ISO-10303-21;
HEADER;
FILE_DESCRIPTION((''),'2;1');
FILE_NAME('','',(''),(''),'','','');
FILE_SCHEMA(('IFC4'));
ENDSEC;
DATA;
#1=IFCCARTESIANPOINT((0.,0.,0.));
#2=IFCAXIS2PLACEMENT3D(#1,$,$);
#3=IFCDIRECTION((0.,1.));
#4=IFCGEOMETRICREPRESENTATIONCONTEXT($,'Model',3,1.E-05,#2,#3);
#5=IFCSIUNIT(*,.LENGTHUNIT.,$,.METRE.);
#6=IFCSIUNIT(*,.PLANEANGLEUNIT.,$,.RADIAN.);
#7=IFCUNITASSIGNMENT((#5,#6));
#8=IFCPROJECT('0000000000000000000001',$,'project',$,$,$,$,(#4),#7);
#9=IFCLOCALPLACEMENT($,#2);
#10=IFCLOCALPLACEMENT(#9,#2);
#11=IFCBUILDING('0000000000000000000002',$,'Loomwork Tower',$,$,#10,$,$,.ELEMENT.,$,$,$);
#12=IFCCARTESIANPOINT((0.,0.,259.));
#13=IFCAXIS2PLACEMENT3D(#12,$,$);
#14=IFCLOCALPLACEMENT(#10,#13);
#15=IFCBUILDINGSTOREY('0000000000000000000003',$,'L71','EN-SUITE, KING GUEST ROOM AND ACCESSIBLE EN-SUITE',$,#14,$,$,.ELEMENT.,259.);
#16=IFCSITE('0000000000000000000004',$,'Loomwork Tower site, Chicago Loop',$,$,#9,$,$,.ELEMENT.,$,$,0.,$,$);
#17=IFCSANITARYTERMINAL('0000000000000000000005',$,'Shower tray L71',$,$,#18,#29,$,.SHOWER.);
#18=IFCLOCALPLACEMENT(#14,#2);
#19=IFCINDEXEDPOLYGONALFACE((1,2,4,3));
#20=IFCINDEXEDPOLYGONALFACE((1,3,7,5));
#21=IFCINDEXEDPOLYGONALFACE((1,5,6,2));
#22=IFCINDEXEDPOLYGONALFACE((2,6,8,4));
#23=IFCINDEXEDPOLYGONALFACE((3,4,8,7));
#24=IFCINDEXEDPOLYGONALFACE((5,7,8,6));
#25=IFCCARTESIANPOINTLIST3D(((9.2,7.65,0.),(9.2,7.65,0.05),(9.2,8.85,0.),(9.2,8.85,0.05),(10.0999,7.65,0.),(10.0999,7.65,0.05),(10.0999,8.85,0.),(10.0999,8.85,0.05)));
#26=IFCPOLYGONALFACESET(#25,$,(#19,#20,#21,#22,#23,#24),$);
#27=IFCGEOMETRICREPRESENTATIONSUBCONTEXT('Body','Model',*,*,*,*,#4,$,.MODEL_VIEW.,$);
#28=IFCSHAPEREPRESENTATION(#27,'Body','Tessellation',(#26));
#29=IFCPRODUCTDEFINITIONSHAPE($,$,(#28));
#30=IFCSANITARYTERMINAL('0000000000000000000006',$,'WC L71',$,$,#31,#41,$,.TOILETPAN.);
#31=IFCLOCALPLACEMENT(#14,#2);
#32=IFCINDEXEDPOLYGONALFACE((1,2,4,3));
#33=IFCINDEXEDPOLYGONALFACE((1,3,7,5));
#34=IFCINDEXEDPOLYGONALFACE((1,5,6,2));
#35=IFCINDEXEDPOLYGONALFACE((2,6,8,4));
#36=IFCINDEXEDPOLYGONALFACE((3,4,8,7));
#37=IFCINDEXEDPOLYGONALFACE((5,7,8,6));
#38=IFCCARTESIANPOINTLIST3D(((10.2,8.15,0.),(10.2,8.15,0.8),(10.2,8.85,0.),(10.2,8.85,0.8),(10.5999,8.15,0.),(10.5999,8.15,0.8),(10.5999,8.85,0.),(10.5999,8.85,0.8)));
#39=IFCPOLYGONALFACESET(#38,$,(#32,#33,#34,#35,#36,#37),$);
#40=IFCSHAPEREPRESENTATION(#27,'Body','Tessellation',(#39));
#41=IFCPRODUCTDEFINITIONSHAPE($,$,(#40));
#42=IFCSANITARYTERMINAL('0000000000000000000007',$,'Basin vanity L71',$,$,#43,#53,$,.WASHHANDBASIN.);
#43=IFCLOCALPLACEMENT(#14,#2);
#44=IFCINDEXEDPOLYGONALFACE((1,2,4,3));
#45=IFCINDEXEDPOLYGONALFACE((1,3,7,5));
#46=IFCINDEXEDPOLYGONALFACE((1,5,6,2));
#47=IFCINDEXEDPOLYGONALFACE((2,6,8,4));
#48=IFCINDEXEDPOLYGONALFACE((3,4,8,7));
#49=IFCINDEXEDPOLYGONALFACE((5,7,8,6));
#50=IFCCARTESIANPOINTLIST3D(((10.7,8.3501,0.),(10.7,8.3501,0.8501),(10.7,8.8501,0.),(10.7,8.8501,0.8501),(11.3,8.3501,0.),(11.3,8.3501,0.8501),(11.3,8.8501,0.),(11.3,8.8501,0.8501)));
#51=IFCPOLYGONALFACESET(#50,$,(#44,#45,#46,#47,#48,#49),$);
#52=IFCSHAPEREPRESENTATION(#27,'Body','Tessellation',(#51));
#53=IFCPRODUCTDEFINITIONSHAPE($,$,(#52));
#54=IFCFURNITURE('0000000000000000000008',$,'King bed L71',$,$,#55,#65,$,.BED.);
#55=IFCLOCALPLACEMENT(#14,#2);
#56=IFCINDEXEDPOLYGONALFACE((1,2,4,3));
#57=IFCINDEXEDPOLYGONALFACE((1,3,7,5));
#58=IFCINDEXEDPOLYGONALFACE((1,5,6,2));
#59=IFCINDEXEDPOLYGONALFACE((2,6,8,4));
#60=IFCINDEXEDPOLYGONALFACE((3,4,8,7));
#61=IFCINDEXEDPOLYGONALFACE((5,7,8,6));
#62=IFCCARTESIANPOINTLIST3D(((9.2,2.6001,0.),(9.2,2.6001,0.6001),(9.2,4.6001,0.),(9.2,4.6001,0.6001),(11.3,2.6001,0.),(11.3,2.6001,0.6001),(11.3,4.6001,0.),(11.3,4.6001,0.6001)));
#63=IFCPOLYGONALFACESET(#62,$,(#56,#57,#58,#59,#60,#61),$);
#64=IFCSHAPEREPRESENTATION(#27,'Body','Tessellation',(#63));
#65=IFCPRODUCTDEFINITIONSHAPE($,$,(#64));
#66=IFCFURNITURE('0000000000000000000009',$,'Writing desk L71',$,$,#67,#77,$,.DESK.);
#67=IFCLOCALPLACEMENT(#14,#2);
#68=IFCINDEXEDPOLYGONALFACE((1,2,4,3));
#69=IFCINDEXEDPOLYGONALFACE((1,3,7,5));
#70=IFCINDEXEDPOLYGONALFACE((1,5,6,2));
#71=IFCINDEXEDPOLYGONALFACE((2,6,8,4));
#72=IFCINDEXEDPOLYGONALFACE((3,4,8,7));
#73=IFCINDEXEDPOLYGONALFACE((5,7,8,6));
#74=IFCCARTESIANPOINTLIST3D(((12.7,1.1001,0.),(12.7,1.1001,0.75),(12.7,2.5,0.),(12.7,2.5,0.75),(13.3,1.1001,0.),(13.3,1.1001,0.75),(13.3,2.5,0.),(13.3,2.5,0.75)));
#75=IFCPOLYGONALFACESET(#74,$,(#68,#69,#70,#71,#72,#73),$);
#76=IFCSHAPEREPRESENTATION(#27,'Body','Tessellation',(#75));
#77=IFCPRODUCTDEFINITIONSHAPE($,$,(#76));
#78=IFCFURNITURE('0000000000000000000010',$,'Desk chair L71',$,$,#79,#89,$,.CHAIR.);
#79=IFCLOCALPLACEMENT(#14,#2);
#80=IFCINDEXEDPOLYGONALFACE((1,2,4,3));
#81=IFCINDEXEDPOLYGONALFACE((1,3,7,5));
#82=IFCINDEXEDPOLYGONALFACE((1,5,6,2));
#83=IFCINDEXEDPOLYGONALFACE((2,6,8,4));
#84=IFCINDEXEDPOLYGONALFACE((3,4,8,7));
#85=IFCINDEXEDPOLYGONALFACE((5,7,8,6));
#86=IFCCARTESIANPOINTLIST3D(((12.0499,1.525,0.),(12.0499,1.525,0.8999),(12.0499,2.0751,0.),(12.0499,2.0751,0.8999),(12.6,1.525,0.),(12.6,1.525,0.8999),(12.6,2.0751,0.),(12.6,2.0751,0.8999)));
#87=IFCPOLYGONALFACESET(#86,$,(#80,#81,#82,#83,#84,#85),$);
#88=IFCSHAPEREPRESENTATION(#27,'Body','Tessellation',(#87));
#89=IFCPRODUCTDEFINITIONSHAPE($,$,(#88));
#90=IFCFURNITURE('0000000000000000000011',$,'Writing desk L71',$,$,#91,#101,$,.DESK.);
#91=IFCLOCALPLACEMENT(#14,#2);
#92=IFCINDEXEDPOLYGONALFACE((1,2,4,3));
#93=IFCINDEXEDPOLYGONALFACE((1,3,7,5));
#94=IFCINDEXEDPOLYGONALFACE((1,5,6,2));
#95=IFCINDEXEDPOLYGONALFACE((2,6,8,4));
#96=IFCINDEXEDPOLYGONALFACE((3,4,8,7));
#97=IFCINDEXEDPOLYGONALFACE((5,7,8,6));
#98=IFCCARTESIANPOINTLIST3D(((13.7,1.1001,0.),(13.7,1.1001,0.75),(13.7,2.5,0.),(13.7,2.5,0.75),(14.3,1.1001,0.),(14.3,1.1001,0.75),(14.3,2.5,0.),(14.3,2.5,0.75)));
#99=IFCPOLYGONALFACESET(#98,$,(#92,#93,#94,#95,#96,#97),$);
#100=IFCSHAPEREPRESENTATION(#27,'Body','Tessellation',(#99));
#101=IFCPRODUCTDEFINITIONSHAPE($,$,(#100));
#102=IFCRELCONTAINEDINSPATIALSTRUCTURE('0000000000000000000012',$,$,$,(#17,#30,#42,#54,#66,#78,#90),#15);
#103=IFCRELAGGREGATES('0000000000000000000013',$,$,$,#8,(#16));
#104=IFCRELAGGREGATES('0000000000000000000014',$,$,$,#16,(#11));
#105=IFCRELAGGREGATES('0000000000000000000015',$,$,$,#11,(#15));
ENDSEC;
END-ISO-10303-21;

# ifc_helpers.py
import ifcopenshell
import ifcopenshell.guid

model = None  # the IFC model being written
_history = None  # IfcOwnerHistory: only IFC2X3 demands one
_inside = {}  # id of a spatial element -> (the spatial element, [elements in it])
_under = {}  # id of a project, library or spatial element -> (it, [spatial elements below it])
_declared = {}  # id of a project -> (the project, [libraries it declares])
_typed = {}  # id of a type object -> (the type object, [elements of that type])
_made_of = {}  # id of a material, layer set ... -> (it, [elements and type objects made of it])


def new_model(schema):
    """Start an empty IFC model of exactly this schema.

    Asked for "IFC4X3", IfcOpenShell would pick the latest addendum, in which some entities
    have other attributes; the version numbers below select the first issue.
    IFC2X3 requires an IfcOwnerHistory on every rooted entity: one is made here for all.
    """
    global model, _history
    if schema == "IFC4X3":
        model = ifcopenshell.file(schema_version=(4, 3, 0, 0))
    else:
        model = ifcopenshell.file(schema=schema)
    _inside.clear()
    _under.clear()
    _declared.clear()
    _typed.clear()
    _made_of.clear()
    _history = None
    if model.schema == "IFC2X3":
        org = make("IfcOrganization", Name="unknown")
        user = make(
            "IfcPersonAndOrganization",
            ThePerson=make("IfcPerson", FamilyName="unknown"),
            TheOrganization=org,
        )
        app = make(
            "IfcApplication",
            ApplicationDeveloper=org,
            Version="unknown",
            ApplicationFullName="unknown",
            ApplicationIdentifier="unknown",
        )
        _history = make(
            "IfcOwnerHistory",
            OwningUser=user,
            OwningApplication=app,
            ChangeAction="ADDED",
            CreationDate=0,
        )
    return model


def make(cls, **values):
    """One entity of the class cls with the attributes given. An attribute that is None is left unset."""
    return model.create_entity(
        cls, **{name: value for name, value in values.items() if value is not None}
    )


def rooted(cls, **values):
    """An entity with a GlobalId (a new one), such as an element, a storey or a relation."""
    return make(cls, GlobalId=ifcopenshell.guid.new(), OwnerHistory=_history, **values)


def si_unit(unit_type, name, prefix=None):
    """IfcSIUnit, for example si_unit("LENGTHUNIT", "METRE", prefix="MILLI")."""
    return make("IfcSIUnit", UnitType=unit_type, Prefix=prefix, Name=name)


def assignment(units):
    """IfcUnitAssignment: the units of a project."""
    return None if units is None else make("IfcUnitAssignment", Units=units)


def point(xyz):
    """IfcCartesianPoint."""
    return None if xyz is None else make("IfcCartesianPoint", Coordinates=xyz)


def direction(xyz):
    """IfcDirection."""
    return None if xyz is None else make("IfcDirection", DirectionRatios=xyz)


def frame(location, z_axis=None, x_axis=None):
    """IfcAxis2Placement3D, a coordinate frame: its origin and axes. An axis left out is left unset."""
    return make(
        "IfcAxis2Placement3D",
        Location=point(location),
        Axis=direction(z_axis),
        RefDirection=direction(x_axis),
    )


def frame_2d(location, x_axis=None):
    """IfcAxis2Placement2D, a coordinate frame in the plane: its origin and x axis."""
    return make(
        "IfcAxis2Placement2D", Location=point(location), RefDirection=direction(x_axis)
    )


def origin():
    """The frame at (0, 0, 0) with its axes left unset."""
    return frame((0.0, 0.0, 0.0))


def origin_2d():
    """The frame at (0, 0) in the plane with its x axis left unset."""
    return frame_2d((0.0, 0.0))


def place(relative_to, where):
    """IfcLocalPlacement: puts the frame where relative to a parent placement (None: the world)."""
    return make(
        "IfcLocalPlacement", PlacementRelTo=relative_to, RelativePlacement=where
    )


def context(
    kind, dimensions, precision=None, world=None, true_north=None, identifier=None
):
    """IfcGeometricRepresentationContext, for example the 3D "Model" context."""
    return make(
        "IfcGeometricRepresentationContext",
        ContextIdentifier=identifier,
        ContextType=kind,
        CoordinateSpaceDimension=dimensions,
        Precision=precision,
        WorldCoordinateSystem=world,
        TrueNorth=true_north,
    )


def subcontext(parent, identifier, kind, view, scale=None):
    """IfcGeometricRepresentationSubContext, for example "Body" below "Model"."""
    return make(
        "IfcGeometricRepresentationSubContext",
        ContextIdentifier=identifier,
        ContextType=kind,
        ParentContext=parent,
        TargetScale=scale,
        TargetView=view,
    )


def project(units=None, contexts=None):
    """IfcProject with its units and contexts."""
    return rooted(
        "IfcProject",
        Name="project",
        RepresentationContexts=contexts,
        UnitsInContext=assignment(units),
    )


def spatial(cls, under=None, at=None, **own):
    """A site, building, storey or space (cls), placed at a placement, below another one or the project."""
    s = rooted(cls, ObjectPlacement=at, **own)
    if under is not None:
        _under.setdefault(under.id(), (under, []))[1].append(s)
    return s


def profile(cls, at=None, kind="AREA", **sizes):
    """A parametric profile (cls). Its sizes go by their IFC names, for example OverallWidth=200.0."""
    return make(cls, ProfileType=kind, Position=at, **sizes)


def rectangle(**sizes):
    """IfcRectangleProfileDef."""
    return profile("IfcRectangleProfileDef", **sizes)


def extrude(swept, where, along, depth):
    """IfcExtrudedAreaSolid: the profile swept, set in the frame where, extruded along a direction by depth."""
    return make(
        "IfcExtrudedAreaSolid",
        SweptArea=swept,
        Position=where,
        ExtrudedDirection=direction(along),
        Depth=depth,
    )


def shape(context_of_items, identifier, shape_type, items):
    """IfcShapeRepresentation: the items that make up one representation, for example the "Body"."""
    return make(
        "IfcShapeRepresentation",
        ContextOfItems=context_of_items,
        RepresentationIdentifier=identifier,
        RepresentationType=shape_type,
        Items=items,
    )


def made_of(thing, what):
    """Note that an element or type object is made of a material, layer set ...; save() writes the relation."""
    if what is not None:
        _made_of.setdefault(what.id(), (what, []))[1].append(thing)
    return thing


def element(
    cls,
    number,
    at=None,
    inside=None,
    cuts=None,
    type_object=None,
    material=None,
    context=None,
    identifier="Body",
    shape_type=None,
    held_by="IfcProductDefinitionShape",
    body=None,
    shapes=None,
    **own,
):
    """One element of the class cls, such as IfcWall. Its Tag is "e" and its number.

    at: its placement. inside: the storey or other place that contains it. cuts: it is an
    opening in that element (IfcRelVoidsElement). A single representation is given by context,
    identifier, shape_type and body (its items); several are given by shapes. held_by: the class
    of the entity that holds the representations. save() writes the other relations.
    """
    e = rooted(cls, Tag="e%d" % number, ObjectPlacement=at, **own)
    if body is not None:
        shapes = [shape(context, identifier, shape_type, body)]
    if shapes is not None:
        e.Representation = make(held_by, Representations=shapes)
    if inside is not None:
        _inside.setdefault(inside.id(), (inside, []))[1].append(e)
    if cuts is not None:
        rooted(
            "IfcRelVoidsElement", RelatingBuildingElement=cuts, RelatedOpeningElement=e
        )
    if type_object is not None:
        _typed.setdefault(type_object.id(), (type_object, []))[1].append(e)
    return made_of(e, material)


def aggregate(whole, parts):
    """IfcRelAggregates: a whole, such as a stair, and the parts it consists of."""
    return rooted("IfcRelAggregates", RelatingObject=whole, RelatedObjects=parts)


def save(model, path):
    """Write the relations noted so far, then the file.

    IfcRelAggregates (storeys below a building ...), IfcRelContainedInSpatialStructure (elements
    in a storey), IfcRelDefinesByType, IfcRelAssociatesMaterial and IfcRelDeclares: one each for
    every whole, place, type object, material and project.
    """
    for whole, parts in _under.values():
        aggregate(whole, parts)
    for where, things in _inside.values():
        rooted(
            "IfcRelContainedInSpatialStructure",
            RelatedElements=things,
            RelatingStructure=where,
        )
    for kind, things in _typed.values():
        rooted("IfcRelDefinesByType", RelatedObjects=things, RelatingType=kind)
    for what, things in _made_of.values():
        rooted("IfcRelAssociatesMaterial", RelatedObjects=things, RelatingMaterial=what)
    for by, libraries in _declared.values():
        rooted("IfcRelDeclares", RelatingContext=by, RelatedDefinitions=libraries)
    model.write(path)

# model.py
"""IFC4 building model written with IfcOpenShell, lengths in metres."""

from ifc_helpers import new_model, si_unit, direction, frame, origin, origin_2d, place, context, subcontext, project, spatial, rectangle, extrude, element, save


model = new_model("IFC4")

# Units and contexts
model_context = context("Model", 3, precision=1e-05, world=origin(), true_north=direction((0.0, 1.0)))
body_context = subcontext(model_context, "Body", "Model", "MODEL_VIEW")
ifc_project = project(units=[si_unit("LENGTHUNIT", "METRE"), si_unit("PLANEANGLEUNIT", "RADIAN")], contexts=[model_context])

# Site, building, storey
site_placement = place(None, origin())
site = spatial("IfcSite", under=ifc_project, at=site_placement, Name="Loomwork Tower site, Chicago Loop", CompositionType="ELEMENT", RefElevation=0.0)
building_placement = place(site_placement, origin())
building = spatial("IfcBuilding", under=site, at=building_placement, Name="Loomwork Tower", CompositionType="ELEMENT")
storey_placement = place(building_placement, frame((0.0, 0.0, 259.0)))
storey = spatial("IfcBuildingStorey", under=building, at=storey_placement, Name="L71", Description="EN-SUITE, KING GUEST ROOM AND ACCESSIBLE EN-SUITE", CompositionType="ELEMENT", Elevation=259.0)

# Sanitary terminals
sanitary_terminal_1_placement = place(storey_placement, frame((9.6499, 8.25, 0.0), z_axis=(0.0, 0.0, 1.0), x_axis=(1.0, 0.0, 0.0)))
element("IfcSanitaryTerminal", 1, at=sanitary_terminal_1_placement, inside=storey, Name="Shower tray L71", PredefinedType="SHOWER", context=body_context, shape_type="SweptSolid", body=[
    extrude(rectangle(XDim=0.8999, YDim=1.2, at=origin_2d()), origin(), (0.0, 0.0, 1.0), 0.05),
])
sanitary_terminal_2_placement = place(storey_placement, frame((10.3999, 8.5, 0.0), z_axis=(0.0, 0.0, 1.0), x_axis=(1.0, 0.0, 0.0)))
element("IfcSanitaryTerminal", 2, at=sanitary_terminal_2_placement, inside=storey, Name="WC L71", PredefinedType="TOILETPAN", context=body_context, shape_type="SweptSolid", body=[
    extrude(rectangle(XDim=0.3999, YDim=0.7, at=origin_2d()), origin(), (0.0, 0.0, 1.0), 0.8),
])
sanitary_terminal_3_placement = place(storey_placement, frame((11.0, 8.6001, 0.0), z_axis=(0.0, 0.0, 1.0), x_axis=(1.0, 0.0, 0.0)))
element("IfcSanitaryTerminal", 3, at=sanitary_terminal_3_placement, inside=storey, Name="Basin vanity L71", PredefinedType="WASHHANDBASIN", context=body_context, shape_type="SweptSolid", body=[
    extrude(rectangle(XDim=0.6001, YDim=0.5, at=origin_2d()), origin(), (0.0, 0.0, 1.0), 0.8501),
])

# Furniture
furniture_1_placement = place(storey_placement, frame((10.25, 3.6001, 0.0), z_axis=(0.0, 0.0, 1.0), x_axis=(1.0, 0.0, 0.0)))
element("IfcFurniture", 4, at=furniture_1_placement, inside=storey, Name="King bed L71", PredefinedType="BED", context=body_context, shape_type="SweptSolid", body=[
    extrude(rectangle(XDim=2.1001, YDim=2.0, at=origin_2d()), origin(), (0.0, 0.0, 1.0), 0.6001),
])
furniture_2_placement = place(storey_placement, frame((13.0, 1.8, 0.0), z_axis=(0.0, 0.0, 1.0), x_axis=(1.0, 0.0, 0.0)))
element("IfcFurniture", 5, at=furniture_2_placement, inside=storey, Name="Writing desk L71", PredefinedType="DESK", context=body_context, shape_type="SweptSolid", body=[
    extrude(rectangle(XDim=0.6001, YDim=1.3999, at=origin_2d()), origin(), (0.0, 0.0, 1.0), 0.75),
])
furniture_3_placement = place(storey_placement, frame((12.325, 1.8, 0.0), z_axis=(0.0, 0.0, 1.0), x_axis=(1.0, 0.0, 0.0)))
element("IfcFurniture", 6, at=furniture_3_placement, inside=storey, Name="Desk chair L71", PredefinedType="CHAIR", context=body_context, shape_type="SweptSolid", body=[
    extrude(rectangle(XDim=0.55, YDim=0.55, at=origin_2d()), origin(), (0.0, 0.0, 1.0), 0.8999),
])
furniture_4_placement = place(storey_placement, frame((14.0, 1.8, 0.0), z_axis=(0.0, 0.0, 1.0), x_axis=(1.0, 0.0, 0.0)))
element("IfcFurniture", 7, at=furniture_4_placement, inside=storey, Name="Writing desk L71", PredefinedType="DESK", context=body_context, shape_type="SweptSolid", body=[
    extrude(rectangle(XDim=0.6001, YDim=1.3999, at=origin_2d()), origin(), (0.0, 0.0, 1.0), 0.75),
])

save(model, "model.ifc")
